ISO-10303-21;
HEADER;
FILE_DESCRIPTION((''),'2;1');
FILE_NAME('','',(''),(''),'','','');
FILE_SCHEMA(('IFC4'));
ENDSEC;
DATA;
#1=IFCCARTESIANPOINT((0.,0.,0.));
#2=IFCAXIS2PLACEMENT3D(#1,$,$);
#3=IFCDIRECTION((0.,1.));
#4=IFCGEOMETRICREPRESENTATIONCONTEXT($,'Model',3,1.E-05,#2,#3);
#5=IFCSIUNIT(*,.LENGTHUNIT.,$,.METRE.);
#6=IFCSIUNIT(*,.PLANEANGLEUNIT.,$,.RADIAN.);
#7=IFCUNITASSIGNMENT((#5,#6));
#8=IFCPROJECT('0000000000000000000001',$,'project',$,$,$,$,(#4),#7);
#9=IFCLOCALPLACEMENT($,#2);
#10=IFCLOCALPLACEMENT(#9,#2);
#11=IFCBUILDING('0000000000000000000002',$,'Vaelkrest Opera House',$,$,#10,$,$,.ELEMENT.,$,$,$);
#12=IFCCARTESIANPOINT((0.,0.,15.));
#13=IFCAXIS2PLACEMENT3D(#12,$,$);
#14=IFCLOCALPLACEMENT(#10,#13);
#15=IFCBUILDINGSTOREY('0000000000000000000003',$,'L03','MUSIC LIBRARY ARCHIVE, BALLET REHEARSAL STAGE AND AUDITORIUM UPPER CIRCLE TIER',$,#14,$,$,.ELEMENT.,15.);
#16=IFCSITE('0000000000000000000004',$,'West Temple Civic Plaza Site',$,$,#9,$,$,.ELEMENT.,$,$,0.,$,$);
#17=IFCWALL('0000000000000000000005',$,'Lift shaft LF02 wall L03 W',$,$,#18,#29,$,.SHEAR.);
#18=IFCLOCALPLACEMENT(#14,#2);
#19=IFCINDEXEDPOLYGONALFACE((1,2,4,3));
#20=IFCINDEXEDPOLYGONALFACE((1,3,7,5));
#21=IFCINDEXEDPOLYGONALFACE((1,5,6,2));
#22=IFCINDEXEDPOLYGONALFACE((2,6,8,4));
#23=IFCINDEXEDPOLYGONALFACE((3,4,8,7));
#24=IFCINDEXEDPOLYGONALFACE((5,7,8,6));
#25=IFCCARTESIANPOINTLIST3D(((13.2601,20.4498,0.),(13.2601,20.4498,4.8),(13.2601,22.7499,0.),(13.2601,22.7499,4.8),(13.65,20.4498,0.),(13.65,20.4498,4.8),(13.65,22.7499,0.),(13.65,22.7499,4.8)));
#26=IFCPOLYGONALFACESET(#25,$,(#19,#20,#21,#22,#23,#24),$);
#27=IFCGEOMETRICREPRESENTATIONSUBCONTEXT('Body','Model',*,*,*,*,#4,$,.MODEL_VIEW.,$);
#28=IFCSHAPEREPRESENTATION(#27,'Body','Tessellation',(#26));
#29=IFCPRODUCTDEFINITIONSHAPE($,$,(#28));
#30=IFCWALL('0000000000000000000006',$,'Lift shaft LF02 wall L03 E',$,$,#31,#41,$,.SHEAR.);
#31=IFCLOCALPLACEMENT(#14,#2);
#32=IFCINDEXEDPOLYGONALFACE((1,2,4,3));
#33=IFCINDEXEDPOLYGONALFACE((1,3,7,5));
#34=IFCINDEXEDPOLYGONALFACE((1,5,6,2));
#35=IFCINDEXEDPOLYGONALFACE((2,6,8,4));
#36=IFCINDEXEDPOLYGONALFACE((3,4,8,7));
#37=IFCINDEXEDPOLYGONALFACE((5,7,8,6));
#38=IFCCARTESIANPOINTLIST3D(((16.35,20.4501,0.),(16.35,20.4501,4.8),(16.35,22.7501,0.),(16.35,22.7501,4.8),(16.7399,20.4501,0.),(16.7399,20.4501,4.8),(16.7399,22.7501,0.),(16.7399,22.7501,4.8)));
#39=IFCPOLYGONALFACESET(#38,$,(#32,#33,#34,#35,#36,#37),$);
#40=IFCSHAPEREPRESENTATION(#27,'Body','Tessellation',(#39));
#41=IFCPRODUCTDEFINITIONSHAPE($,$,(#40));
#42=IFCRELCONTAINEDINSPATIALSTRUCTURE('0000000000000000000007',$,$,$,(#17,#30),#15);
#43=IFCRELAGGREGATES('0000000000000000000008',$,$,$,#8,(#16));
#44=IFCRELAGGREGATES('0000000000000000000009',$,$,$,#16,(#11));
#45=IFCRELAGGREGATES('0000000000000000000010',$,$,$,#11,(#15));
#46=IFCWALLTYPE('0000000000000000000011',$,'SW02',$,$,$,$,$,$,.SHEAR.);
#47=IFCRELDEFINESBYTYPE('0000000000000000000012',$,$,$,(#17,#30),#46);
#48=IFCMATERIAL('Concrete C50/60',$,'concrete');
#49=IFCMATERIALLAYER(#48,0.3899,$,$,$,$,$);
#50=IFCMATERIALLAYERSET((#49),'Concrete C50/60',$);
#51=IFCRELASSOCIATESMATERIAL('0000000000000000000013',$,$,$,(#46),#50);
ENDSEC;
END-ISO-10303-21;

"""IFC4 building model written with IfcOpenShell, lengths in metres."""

from ifc_helpers import new_model, si_unit, direction, frame, frame_2d, origin, place, context, subcontext, project, spatial, rectangle, extrude, material, layer, layer_set, type_object, element, save


model = new_model("IFC4")

# Units and contexts
model_context = context("Model", 3, precision=1e-05, world=origin(), true_north=direction((0.0, 1.0)))
body_context = subcontext(model_context, "Body", "Model", "MODEL_VIEW")
ifc_project = project(units=[si_unit("LENGTHUNIT", "METRE"), si_unit("PLANEANGLEUNIT", "RADIAN")], contexts=[model_context])

# Site, building, storey
site_placement = place(None, origin())
site = spatial("IfcSite", under=ifc_project, at=site_placement, Name="West Temple Civic Plaza Site", CompositionType="ELEMENT", RefElevation=0.0)
building_placement = place(site_placement, origin())
building = spatial("IfcBuilding", under=site, at=building_placement, Name="Vaelkrest Opera House", CompositionType="ELEMENT")
storey_placement = place(building_placement, frame((0.0, 0.0, 15.0)))
storey = spatial("IfcBuildingStorey", under=building, at=storey_placement, Name="L03", Description="MUSIC LIBRARY ARCHIVE, BALLET REHEARSAL STAGE AND AUDITORIUM UPPER CIRCLE TIER", CompositionType="ELEMENT", Elevation=15.0)

# Shared definitions
ifc_material_1 = material(Name="Concrete C50/60", Category="concrete")

# Walls
ifc_layer_1 = layer(ifc_material_1, 0.3899)
ifc_layer_set_1 = layer_set([ifc_layer_1], Name="Concrete C50/60")
wall_type_1 = type_object("IfcWallType", Name="SW02", PredefinedType="SHEAR", material=ifc_layer_set_1)
for number, where, z_axis, x_axis, name in (
    (1, (13.4551, 20.45, 0.0), (0.0, 0.0, 1.0), (0.0, 1.0, 0.0), "Lift shaft LF02 wall L03 W"),
    (2, (16.5449, 22.75, 0.0), (0.0, 0.0, 1.0), (0.0, -1.0, 0.0), "Lift shaft LF02 wall L03 E"),
):
    element("IfcWall", number, at=place(storey_placement, frame(where, z_axis=z_axis, x_axis=x_axis)), inside=storey, type_object=wall_type_1, Name=name, PredefinedType="SHEAR", context=body_context, shape_type="SweptSolid", body=[
        extrude(rectangle(XDim=2.3, YDim=0.3899, at=frame_2d((1.1499, 0.0))), origin(), (0.0, 0.0, 1.0), 4.8),
    ])

save(model, "model.ifc")
